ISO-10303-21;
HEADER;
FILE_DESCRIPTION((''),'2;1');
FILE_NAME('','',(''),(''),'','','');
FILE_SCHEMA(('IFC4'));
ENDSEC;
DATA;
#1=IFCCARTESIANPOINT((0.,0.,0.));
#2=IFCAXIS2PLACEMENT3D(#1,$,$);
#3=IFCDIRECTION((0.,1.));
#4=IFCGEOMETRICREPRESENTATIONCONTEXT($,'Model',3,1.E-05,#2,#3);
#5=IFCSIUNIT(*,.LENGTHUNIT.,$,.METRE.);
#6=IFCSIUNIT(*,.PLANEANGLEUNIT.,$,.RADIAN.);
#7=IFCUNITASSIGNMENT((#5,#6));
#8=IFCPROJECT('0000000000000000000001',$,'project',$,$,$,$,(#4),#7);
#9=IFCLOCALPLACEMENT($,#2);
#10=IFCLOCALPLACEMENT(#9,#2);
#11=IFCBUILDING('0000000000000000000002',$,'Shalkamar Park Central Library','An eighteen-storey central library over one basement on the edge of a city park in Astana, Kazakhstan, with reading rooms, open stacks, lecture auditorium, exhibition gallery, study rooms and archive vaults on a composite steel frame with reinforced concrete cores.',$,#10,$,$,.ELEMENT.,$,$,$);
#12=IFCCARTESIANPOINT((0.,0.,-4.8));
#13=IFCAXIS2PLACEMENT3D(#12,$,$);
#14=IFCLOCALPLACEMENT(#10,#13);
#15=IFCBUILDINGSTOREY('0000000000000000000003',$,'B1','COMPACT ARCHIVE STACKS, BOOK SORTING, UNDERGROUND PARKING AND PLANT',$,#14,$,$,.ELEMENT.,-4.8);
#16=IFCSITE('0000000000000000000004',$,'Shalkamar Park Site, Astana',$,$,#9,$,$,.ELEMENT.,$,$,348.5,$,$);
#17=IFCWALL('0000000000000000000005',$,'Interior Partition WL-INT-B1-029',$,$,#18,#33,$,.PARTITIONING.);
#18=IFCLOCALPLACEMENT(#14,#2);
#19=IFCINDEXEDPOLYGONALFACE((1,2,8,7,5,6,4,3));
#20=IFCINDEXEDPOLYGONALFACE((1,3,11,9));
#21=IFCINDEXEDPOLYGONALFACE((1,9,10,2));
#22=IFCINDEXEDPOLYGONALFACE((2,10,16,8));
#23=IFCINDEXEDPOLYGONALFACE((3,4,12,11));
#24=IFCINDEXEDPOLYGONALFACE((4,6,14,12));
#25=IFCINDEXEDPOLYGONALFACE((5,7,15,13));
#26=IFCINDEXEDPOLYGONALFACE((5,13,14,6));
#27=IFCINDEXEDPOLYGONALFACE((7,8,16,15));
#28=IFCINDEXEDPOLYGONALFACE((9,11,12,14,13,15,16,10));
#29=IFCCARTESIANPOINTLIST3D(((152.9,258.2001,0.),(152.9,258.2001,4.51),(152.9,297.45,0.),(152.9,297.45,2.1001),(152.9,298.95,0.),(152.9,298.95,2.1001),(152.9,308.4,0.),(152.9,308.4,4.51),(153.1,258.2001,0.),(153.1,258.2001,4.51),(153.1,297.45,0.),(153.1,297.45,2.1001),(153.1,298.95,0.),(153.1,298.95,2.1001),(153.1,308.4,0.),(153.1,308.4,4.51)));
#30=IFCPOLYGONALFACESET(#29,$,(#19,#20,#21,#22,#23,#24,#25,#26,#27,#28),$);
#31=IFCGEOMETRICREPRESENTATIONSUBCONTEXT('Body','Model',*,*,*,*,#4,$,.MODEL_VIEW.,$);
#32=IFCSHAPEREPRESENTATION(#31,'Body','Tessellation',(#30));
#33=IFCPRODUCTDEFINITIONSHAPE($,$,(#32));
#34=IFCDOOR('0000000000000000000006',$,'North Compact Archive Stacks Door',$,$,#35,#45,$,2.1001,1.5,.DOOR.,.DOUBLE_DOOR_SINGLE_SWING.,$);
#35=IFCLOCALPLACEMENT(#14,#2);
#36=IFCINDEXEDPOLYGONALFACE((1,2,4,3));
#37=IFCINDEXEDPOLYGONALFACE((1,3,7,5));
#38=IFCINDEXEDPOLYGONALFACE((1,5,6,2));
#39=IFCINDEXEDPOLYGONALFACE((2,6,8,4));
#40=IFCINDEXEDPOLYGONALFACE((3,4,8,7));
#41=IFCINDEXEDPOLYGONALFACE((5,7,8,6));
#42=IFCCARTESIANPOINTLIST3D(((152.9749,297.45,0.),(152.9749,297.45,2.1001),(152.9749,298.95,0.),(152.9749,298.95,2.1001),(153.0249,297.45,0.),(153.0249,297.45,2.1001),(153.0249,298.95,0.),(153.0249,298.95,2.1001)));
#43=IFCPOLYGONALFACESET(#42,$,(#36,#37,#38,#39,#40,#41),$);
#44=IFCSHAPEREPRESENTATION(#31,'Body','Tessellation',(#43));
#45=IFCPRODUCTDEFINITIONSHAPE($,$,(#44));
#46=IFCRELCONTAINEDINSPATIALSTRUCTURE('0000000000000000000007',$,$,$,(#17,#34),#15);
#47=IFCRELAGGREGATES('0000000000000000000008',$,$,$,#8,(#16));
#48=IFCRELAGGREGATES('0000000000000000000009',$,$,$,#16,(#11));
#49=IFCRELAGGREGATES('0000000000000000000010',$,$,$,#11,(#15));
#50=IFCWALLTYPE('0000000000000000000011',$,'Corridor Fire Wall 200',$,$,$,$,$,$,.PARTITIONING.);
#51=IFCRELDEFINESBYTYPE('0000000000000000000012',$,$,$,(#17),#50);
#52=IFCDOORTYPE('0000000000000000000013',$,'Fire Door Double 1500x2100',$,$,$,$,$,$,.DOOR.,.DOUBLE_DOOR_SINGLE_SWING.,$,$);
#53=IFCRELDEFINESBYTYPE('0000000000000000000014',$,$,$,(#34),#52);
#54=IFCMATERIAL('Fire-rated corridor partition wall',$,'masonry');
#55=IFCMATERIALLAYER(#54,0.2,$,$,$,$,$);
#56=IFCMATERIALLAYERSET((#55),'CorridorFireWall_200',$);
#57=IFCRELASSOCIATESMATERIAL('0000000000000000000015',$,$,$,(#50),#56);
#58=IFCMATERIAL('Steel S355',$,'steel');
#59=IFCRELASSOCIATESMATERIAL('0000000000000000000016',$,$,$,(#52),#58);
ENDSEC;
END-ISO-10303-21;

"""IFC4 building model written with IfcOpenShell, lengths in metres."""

from ifc_helpers import new_model, si_unit, direction, frame, frame_2d, origin, place, context, subcontext, project, spatial, rectangle, extrude, material, layer, layer_set, type_object, element, fill, save


model = new_model("IFC4")

# Units and contexts
model_context = context("Model", 3, precision=1e-05, world=origin(), true_north=direction((0.0, 1.0)))
body_context = subcontext(model_context, "Body", "Model", "MODEL_VIEW")
ifc_project = project(units=[si_unit("LENGTHUNIT", "METRE"), si_unit("PLANEANGLEUNIT", "RADIAN")], contexts=[model_context])

# Site, building, storey
site_placement = place(None, origin())
site = spatial("IfcSite", under=ifc_project, at=site_placement, Name="Shalkamar Park Site, Astana", CompositionType="ELEMENT", RefElevation=348.5)
building_placement = place(site_placement, origin())
building = spatial("IfcBuilding", under=site, at=building_placement, Name="Shalkamar Park Central Library", Description="An eighteen-storey central library over one basement on the edge of a city park in Astana, Kazakhstan, with reading rooms, open stacks, lecture auditorium, exhibition gallery, study rooms and archive vaults on a composite steel frame with reinforced concrete cores.", CompositionType="ELEMENT")
storey_placement = place(building_placement, frame((0.0, 0.0, -4.8)))
storey = spatial("IfcBuildingStorey", under=building, at=storey_placement, Name="B1", Description="COMPACT ARCHIVE STACKS, BOOK SORTING, UNDERGROUND PARKING AND PLANT", CompositionType="ELEMENT", Elevation=-4.8)

# Shared definitions
ifc_material_1 = material(Name="Steel S355", Category="steel")

# Wall, opening, door
ifc_material_2 = material(Name="Fire-rated corridor partition wall", Category="masonry")
ifc_layer = layer(ifc_material_2, 0.2)
ifc_layer_set = layer_set([ifc_layer], Name="CorridorFireWall_200")
wall_type = type_object("IfcWallType", Name="Corridor Fire Wall 200", PredefinedType="PARTITIONING", material=ifc_layer_set)
wall_placement = place(storey_placement, frame((153.0, 258.2, 0.0), z_axis=(0.0, 0.0, 1.0), x_axis=(0.0, 1.0, 0.0)))
wall = element("IfcWall", 1, at=wall_placement, inside=storey, type_object=wall_type, Name="Interior Partition WL-INT-B1-029", PredefinedType="PARTITIONING", context=body_context, shape_type="SweptSolid", body=[
    extrude(rectangle(XDim=50.2, YDim=0.2, at=frame_2d((25.1001, 0.0))), origin(), (0.0, 0.0, 1.0), 4.51),
])
opening_placement = place(wall_placement, frame((39.25, 0.0, 0.0)))
opening = element("IfcOpeningElement", 2, at=opening_placement, cuts=wall, PredefinedType="OPENING", context=body_context, shape_type="SweptSolid", body=[
    extrude(rectangle(XDim=1.5, YDim=2.1001, at=frame_2d((0.75, 1.05))), frame((0.0, 0.1147, 0.0), z_axis=(0.0, -1.0, 0.0), x_axis=(1.0, 0.0, 0.0)), (0.0, 0.0, 1.0), 0.2297),
])
door_type = type_object("IfcDoorType", Name="Fire Door Double 1500x2100", OperationType="DOUBLE_DOOR_SINGLE_SWING", PredefinedType="DOOR", material=ifc_material_1)
door_placement = place(opening_placement, frame((1.5, 0.0, 0.0), z_axis=(0.0, 0.0, 1.0), x_axis=(-1.0, 0.0, 0.0)))
door = element("IfcDoor", 3, at=door_placement, inside=storey, type_object=door_type, Name="North Compact Archive Stacks Door", OperationType="DOUBLE_DOOR_SINGLE_SWING", OverallHeight=2.1001, OverallWidth=1.5, PredefinedType="DOOR", context=body_context, shape_type="SweptSolid", body=[
    extrude(rectangle(XDim=1.5, YDim=2.1001, at=frame_2d((0.75, 1.05))), frame((0.0, 0.0249, 0.0), z_axis=(0.0, -1.0, 0.0), x_axis=(1.0, 0.0, 0.0)), (0.0, 0.0, 1.0), 0.05),
])
fill(opening, door)

save(model, "model.ifc")
